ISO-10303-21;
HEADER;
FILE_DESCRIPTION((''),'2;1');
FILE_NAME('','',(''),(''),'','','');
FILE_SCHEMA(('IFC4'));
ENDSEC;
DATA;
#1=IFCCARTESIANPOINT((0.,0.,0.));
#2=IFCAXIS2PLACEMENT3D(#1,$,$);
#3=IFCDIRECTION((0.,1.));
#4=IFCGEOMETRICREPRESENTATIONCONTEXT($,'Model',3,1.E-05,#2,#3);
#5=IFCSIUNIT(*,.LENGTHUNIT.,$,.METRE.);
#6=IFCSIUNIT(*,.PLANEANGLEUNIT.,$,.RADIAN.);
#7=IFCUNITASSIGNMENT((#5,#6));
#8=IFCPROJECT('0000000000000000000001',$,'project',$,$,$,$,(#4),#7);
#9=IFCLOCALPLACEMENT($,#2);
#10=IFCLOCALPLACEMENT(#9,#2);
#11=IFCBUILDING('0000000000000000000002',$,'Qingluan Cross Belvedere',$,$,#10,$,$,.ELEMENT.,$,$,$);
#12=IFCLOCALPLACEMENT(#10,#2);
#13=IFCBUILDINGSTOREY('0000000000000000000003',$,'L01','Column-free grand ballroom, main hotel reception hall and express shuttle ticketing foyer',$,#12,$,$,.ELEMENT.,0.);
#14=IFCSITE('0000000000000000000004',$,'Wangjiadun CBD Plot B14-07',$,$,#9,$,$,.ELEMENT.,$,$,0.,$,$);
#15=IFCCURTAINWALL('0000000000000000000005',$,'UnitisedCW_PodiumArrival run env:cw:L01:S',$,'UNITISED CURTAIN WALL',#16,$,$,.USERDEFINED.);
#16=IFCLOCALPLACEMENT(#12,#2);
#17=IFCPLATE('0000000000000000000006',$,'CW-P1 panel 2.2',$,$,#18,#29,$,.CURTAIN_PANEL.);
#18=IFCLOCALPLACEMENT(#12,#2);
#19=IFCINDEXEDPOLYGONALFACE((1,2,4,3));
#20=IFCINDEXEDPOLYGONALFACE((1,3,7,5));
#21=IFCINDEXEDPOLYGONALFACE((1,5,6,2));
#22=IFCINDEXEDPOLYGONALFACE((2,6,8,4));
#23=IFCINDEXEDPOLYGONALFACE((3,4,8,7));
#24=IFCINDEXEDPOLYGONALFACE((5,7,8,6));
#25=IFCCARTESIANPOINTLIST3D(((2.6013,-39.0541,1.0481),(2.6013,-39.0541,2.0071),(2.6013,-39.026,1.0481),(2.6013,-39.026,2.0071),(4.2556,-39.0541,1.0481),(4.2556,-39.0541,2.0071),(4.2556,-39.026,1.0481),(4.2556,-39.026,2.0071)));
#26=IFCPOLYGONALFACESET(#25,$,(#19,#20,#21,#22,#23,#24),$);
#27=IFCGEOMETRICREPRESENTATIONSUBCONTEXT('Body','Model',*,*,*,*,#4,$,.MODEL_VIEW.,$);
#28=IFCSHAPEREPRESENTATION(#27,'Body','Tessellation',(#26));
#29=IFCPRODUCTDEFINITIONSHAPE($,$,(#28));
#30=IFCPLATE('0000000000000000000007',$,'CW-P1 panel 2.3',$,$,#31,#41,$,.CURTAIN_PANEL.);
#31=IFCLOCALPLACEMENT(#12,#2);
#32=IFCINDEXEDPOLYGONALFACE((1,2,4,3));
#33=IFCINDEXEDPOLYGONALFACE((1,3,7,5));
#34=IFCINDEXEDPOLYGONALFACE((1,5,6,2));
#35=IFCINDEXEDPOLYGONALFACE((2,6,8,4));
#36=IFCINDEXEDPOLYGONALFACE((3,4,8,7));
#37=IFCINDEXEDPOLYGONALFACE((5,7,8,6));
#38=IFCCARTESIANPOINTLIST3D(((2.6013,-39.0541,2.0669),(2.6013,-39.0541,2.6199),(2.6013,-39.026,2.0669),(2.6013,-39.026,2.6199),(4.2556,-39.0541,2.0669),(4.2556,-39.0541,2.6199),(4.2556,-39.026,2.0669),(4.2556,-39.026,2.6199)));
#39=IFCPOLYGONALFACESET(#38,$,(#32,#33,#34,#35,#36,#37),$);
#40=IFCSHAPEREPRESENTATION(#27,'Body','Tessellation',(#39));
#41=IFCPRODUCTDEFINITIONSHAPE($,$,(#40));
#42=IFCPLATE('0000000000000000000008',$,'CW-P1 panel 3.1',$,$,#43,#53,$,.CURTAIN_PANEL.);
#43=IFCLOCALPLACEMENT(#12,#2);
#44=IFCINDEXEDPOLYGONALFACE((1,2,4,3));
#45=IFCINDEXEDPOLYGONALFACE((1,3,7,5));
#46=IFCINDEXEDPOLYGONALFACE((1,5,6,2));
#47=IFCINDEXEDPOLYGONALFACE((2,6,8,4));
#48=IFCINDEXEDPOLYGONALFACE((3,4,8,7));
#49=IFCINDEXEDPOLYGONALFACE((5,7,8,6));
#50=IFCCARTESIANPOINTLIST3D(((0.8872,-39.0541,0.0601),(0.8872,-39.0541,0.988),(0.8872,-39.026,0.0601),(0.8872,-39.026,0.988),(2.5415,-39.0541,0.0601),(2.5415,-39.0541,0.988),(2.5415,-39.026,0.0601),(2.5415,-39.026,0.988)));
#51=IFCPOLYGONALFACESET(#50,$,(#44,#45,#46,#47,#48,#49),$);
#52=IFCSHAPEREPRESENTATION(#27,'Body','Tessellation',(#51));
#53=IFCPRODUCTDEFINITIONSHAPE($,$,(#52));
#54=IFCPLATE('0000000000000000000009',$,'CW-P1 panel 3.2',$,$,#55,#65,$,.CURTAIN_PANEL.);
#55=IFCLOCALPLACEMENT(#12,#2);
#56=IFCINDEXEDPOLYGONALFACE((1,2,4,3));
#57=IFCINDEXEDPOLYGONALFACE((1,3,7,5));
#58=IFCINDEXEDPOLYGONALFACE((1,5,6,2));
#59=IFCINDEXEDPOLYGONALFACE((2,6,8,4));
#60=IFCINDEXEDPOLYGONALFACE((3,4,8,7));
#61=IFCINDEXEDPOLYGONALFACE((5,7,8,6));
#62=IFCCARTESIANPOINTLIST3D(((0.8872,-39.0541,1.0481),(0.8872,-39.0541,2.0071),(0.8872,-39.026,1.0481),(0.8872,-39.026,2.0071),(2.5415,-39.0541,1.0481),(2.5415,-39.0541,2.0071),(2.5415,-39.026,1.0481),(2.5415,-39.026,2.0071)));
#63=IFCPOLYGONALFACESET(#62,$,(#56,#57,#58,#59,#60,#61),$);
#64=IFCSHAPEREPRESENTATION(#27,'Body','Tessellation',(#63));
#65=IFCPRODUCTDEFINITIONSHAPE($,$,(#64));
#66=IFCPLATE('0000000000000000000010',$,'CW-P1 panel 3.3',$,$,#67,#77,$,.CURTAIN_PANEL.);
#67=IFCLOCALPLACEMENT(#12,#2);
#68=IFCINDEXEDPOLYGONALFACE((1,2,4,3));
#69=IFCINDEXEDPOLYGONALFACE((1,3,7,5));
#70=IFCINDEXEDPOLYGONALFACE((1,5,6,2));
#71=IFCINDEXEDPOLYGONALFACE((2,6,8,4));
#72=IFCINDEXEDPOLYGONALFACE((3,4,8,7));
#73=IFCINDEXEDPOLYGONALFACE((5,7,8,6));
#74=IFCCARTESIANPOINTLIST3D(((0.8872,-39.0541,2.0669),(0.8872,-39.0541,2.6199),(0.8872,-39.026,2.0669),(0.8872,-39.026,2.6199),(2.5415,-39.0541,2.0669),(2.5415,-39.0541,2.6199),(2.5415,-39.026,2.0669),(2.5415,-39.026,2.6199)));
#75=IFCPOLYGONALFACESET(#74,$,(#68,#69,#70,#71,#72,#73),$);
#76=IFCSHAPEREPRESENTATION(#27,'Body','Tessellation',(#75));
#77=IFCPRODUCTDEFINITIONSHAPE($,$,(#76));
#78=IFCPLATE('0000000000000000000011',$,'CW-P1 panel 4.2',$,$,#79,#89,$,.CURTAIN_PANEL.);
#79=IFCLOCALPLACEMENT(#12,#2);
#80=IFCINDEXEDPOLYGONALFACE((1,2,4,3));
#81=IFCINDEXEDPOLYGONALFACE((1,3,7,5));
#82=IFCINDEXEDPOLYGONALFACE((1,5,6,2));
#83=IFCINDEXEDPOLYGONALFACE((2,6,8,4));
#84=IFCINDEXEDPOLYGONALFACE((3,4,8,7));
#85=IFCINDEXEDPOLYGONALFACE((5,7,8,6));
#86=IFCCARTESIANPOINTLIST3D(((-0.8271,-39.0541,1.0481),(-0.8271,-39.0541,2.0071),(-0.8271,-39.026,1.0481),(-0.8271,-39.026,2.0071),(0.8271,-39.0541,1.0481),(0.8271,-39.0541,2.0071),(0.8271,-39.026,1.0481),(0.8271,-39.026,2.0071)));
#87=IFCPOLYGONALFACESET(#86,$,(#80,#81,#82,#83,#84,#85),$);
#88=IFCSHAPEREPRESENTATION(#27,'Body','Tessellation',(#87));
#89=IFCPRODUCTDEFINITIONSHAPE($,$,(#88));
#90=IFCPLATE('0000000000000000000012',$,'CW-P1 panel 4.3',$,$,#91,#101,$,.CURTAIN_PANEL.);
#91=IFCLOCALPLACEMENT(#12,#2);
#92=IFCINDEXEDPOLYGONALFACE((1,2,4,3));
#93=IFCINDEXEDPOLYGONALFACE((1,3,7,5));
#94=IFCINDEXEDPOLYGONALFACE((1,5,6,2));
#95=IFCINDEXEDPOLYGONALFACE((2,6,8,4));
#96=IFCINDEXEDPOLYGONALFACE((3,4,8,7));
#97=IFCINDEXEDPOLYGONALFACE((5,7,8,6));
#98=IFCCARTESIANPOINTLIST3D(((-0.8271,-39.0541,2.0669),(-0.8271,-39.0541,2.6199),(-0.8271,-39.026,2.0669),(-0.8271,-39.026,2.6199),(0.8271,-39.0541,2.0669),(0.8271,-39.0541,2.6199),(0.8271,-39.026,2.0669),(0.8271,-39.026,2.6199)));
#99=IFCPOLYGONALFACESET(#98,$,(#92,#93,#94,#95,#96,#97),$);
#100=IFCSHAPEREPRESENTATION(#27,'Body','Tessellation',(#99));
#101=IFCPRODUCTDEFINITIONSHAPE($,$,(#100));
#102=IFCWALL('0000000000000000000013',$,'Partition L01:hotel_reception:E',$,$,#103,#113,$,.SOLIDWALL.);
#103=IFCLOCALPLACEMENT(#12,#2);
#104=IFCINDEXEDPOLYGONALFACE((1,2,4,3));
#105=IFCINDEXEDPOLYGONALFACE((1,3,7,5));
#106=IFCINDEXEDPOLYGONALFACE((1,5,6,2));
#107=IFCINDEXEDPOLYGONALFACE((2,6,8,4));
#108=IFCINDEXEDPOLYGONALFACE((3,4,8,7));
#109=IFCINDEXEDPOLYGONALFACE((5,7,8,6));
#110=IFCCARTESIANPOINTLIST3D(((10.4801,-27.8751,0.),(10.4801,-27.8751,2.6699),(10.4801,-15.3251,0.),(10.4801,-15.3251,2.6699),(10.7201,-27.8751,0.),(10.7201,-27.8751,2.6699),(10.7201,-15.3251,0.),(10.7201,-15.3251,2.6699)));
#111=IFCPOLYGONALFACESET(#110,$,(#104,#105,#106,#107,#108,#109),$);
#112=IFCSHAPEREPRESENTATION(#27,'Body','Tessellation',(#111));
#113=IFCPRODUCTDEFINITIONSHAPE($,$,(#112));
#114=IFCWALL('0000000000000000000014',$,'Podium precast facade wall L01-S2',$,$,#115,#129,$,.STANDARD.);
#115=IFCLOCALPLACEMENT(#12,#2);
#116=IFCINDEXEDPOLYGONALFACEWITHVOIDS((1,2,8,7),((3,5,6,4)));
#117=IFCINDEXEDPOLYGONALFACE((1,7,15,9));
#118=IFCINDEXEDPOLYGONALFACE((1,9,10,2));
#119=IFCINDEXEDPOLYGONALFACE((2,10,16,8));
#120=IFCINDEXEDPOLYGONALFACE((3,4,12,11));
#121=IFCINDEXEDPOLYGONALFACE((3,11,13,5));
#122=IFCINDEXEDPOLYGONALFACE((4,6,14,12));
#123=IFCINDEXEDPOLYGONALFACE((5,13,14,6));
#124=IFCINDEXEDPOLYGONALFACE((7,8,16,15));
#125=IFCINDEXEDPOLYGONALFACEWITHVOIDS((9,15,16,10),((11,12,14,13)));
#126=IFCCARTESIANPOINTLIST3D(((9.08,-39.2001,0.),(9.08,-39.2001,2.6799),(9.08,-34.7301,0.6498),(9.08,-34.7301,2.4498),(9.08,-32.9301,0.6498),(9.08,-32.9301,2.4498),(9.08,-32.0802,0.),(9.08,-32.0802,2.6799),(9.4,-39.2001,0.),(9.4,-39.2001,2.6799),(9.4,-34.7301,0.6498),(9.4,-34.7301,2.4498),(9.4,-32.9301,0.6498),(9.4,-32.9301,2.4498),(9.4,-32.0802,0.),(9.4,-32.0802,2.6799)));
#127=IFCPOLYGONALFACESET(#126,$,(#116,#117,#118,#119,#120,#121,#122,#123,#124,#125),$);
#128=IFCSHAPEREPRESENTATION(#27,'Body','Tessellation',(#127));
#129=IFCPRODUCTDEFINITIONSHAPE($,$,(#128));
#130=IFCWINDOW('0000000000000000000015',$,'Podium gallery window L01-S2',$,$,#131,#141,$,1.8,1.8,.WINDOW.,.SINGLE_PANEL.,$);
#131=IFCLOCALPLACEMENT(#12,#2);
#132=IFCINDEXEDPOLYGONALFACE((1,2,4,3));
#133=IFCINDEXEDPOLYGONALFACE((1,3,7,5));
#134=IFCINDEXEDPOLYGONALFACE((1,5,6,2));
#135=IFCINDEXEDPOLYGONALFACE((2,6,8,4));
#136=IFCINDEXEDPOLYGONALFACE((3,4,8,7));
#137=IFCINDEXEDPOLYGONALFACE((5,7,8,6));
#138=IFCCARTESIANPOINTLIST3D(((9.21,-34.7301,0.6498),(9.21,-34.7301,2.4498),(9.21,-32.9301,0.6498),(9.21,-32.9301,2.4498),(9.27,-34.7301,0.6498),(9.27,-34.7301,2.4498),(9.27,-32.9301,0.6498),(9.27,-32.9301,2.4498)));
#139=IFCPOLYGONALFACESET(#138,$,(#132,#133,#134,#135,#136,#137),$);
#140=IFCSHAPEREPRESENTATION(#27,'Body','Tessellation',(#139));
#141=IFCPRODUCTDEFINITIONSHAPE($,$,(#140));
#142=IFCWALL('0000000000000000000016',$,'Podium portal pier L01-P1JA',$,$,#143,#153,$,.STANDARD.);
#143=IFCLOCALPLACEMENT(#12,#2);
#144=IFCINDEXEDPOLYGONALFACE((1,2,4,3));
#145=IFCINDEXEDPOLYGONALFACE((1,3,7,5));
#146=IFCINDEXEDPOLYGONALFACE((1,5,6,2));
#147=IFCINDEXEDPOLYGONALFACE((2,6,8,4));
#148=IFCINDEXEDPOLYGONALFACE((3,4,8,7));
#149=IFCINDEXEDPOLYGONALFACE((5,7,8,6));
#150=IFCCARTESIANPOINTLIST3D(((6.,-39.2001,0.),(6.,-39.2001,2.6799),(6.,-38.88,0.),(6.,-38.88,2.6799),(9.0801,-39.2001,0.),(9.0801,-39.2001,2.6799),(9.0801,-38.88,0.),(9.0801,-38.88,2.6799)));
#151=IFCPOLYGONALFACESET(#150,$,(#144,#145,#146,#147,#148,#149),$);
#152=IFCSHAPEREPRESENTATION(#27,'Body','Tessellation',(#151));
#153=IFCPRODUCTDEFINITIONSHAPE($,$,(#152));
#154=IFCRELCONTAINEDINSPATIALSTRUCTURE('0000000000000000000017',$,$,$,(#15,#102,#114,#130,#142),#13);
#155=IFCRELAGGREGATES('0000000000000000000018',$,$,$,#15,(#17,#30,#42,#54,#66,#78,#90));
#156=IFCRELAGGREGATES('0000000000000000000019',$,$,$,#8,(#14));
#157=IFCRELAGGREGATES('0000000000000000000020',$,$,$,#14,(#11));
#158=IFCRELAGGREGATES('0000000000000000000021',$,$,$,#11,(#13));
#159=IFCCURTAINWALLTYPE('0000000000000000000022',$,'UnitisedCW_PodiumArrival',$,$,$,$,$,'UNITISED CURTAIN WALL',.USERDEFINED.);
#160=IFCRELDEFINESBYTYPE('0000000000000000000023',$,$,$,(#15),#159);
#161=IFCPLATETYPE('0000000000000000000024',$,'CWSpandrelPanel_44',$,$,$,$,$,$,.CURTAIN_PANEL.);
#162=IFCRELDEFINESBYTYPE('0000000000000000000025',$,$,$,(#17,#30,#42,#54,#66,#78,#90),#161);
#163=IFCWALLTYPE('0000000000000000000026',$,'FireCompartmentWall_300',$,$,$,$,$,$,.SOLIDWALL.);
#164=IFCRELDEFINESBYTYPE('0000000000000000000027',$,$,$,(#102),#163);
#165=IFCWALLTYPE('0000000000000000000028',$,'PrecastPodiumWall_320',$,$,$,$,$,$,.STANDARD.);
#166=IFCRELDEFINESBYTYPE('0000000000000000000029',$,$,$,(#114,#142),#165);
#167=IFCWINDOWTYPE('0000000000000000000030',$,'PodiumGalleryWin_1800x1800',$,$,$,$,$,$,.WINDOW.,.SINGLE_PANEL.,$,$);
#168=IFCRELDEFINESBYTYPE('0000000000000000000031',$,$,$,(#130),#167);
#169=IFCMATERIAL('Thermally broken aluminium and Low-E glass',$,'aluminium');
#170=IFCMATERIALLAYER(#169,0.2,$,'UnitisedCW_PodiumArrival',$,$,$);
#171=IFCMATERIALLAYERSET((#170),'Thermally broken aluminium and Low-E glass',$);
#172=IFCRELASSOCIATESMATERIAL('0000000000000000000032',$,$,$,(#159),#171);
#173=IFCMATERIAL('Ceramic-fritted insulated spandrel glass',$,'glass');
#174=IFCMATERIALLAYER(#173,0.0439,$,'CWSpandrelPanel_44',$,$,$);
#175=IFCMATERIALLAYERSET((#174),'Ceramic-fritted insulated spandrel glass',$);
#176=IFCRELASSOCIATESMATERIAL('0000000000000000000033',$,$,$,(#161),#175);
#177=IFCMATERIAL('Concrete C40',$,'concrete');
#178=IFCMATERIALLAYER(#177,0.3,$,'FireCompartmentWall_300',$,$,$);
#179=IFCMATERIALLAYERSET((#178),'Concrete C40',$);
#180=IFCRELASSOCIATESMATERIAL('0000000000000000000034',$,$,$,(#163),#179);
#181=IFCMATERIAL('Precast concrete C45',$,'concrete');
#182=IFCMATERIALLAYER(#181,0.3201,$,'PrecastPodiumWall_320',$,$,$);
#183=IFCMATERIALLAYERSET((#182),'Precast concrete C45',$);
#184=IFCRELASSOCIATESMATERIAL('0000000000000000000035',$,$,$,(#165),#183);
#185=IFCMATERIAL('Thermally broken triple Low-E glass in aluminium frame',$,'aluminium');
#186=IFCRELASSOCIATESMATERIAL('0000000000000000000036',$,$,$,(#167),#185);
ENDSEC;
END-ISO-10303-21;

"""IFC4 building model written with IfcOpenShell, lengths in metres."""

from ifc_helpers import new_model, si_unit, direction, frame, frame_2d, origin, origin_2d, place, context, subcontext, project, spatial, rectangle, extrude, material, layer, layer_set, type_object, element, fill, aggregate, save


model = new_model("IFC4")

# Units and contexts
model_context = context("Model", 3, precision=1e-05, world=origin(), true_north=direction((0.0, 1.0)))
body_context = subcontext(model_context, "Body", "Model", "MODEL_VIEW")
ifc_project = project(units=[si_unit("LENGTHUNIT", "METRE"), si_unit("PLANEANGLEUNIT", "RADIAN")], contexts=[model_context])

# Site, building, storey
site_placement = place(None, origin())
site = spatial("IfcSite", under=ifc_project, at=site_placement, Name="Wangjiadun CBD Plot B14-07", CompositionType="ELEMENT", RefElevation=0.0)
building_placement = place(site_placement, origin())
building = spatial("IfcBuilding", under=site, at=building_placement, Name="Qingluan Cross Belvedere", CompositionType="ELEMENT")
storey_placement = place(building_placement, origin())
storey = spatial("IfcBuildingStorey", under=building, at=storey_placement, Name="L01", Description="Column-free grand ballroom, main hotel reception hall and express shuttle ticketing foyer", CompositionType="ELEMENT", Elevation=0.0)

# Curtain wall, plates
ifc_material_1 = material(Name="Thermally broken aluminium and Low-E glass", Category="aluminium")
ifc_layer_1 = layer(ifc_material_1, 0.2, Name="UnitisedCW_PodiumArrival")
ifc_layer_set_1 = layer_set([ifc_layer_1], Name="Thermally broken aluminium and Low-E glass")
curtain_wall_type = type_object("IfcCurtainWallType", Name="UnitisedCW_PodiumArrival", ElementType="UNITISED CURTAIN WALL", PredefinedType="USERDEFINED", material=ifc_layer_set_1)
curtain_wall_placement = place(storey_placement, origin())
curtain_wall = element("IfcCurtainWall", 1, at=curtain_wall_placement, inside=storey, type_object=curtain_wall_type, Name="UnitisedCW_PodiumArrival run env:cw:L01:S", ObjectType="UNITISED CURTAIN WALL", PredefinedType="USERDEFINED")
ifc_material_2 = material(Name="Ceramic-fritted insulated spandrel glass", Category="glass")
ifc_layer_2 = layer(ifc_material_2, 0.0439, Name="CWSpandrelPanel_44")
ifc_layer_set_2 = layer_set([ifc_layer_2], Name="Ceramic-fritted insulated spandrel glass")
plate_type = type_object("IfcPlateType", Name="CWSpandrelPanel_44", PredefinedType="CURTAIN_PANEL", material=ifc_layer_set_2)
plate_1_placement = place(storey_placement, frame((3.4285, -39.04, 1.0481), z_axis=(0.0, 0.0, 1.0), x_axis=(-1.0, 0.0, 0.0)))
plate_1 = element("IfcPlate", 2, at=plate_1_placement, type_object=plate_type, Name="CW-P1 panel 2.2", PredefinedType="CURTAIN_PANEL", context=body_context, shape_type="SweptSolid", body=[
    extrude(rectangle(XDim=1.6543, YDim=0.0281, at=origin_2d()), origin(), (0.0, 0.0, 1.0), 0.959),
])
plate_2_placement = place(storey_placement, frame((3.4285, -39.04, 2.0669), z_axis=(0.0, 0.0, 1.0), x_axis=(-1.0, 0.0, 0.0)))
plate_2 = element("IfcPlate", 3, at=plate_2_placement, type_object=plate_type, Name="CW-P1 panel 2.3", PredefinedType="CURTAIN_PANEL", context=body_context, shape_type="SweptSolid", body=[
    extrude(rectangle(XDim=1.6543, YDim=0.0281, at=origin_2d()), origin(), (0.0, 0.0, 1.0), 0.553),
])
plate_3_placement = place(storey_placement, frame((1.7144, -39.04, 0.0601), z_axis=(0.0, 0.0, 1.0), x_axis=(-1.0, 0.0, 0.0)))
plate_3 = element("IfcPlate", 4, at=plate_3_placement, type_object=plate_type, Name="CW-P1 panel 3.1", PredefinedType="CURTAIN_PANEL", context=body_context, shape_type="SweptSolid", body=[
    extrude(rectangle(XDim=1.6543, YDim=0.0281, at=origin_2d()), origin(), (0.0, 0.0, 1.0), 0.928),
])
plate_4_placement = place(storey_placement, frame((1.7144, -39.04, 1.0481), z_axis=(0.0, 0.0, 1.0), x_axis=(-1.0, 0.0, 0.0)))
plate_4 = element("IfcPlate", 5, at=plate_4_placement, type_object=plate_type, Name="CW-P1 panel 3.2", PredefinedType="CURTAIN_PANEL", context=body_context, shape_type="SweptSolid", body=[
    extrude(rectangle(XDim=1.6543, YDim=0.0281, at=origin_2d()), origin(), (0.0, 0.0, 1.0), 0.959),
])
plate_5_placement = place(storey_placement, frame((1.7144, -39.04, 2.0669), z_axis=(0.0, 0.0, 1.0), x_axis=(-1.0, 0.0, 0.0)))
plate_5 = element("IfcPlate", 6, at=plate_5_placement, type_object=plate_type, Name="CW-P1 panel 3.3", PredefinedType="CURTAIN_PANEL", context=body_context, shape_type="SweptSolid", body=[
    extrude(rectangle(XDim=1.6543, YDim=0.0281, at=origin_2d()), origin(), (0.0, 0.0, 1.0), 0.553),
])
plate_6_placement = place(storey_placement, frame((0.0, -39.04, 1.0481), z_axis=(0.0, 0.0, 1.0), x_axis=(-1.0, 0.0, 0.0)))
plate_6 = element("IfcPlate", 7, at=plate_6_placement, type_object=plate_type, Name="CW-P1 panel 4.2", PredefinedType="CURTAIN_PANEL", context=body_context, shape_type="SweptSolid", body=[
    extrude(rectangle(XDim=1.6543, YDim=0.0281, at=origin_2d()), origin(), (0.0, 0.0, 1.0), 0.959),
])
plate_7_placement = place(storey_placement, frame((0.0, -39.04, 2.0669), z_axis=(0.0, 0.0, 1.0), x_axis=(-1.0, 0.0, 0.0)))
plate_7 = element("IfcPlate", 8, at=plate_7_placement, type_object=plate_type, Name="CW-P1 panel 4.3", PredefinedType="CURTAIN_PANEL", context=body_context, shape_type="SweptSolid", body=[
    extrude(rectangle(XDim=1.6543, YDim=0.0281, at=origin_2d()), origin(), (0.0, 0.0, 1.0), 0.553),
])
aggregate(curtain_wall, [plate_1, plate_2, plate_3, plate_4, plate_5, plate_6, plate_7])

# Wall
ifc_material_3 = material(Name="Concrete C40", Category="concrete")
ifc_layer_3 = layer(ifc_material_3, 0.3, Name="FireCompartmentWall_300")
ifc_layer_set_3 = layer_set([ifc_layer_3], Name="Concrete C40")
wall_type_1 = type_object("IfcWallType", Name="FireCompartmentWall_300", PredefinedType="SOLIDWALL", material=ifc_layer_set_3)
wall_1_placement = place(storey_placement, frame((10.6001, -27.875, 0.0), z_axis=(0.0, 0.0, 1.0), x_axis=(0.0, 1.0, 0.0)))
element("IfcWall", 9, at=wall_1_placement, inside=storey, type_object=wall_type_1, Name="Partition L01:hotel_reception:E", PredefinedType="SOLIDWALL", context=body_context, shape_type="SweptSolid", body=[
    extrude(rectangle(XDim=12.55, YDim=0.24, at=frame_2d((6.2749, 0.0))), origin(), (0.0, 0.0, 1.0), 2.6699),
])

# Wall, opening, window
ifc_material_4 = material(Name="Precast concrete C45", Category="concrete")
ifc_layer_4 = layer(ifc_material_4, 0.3201, Name="PrecastPodiumWall_320")
ifc_layer_set_4 = layer_set([ifc_layer_4], Name="Precast concrete C45")
wall_type_2 = type_object("IfcWallType", Name="PrecastPodiumWall_320", PredefinedType="STANDARD", material=ifc_layer_set_4)
wall_2_placement = place(storey_placement, frame((9.24, -32.0801, 0.0), z_axis=(0.0, 0.0, 1.0), x_axis=(0.0, -1.0, 0.0)))
wall_2 = element("IfcWall", 10, at=wall_2_placement, inside=storey, type_object=wall_type_2, Name="Podium precast facade wall L01-S2", PredefinedType="STANDARD", context=body_context, shape_type="SweptSolid", body=[
    extrude(rectangle(XDim=7.1199, YDim=0.3201, at=frame_2d((3.5601, 0.0))), origin(), (0.0, 0.0, 1.0), 2.6799),
])
opening_placement = place(wall_2_placement, frame((0.8501, 0.0, 0.6499)))
opening = element("IfcOpeningElement", 11, at=opening_placement, cuts=wall_2, PredefinedType="OPENING", context=body_context, shape_type="SweptSolid", body=[
    extrude(rectangle(XDim=1.8, YDim=1.8, at=frame_2d((0.8999, 0.8999))), frame((0.0, 0.1699, 0.0), z_axis=(0.0, -1.0, 0.0), x_axis=(1.0, 0.0, 0.0)), (0.0, 0.0, 1.0), 0.3401),
])
ifc_material_5 = material(Name="Thermally broken triple Low-E glass in aluminium frame", Category="aluminium")
window_type = type_object("IfcWindowType", Name="PodiumGalleryWin_1800x1800", PartitioningType="SINGLE_PANEL", PredefinedType="WINDOW", material=ifc_material_5)
window_placement = place(opening_placement, origin())
window = element("IfcWindow", 12, at=window_placement, inside=storey, type_object=window_type, Name="Podium gallery window L01-S2", OverallHeight=1.8, OverallWidth=1.8, PartitioningType="SINGLE_PANEL", PredefinedType="WINDOW", context=body_context, shape_type="SweptSolid", body=[
    extrude(rectangle(XDim=1.8, YDim=1.8, at=frame_2d((0.8999, 0.8999))), frame((0.0, 0.03, 0.0), z_axis=(0.0, -1.0, 0.0), x_axis=(1.0, 0.0, 0.0)), (0.0, 0.0, 1.0), 0.0601),
])
fill(opening, window)

# Wall
wall_3_placement = place(storey_placement, frame((9.0801, -39.04, 0.0), z_axis=(0.0, 0.0, 1.0), x_axis=(-1.0, 0.0, 0.0)))
element("IfcWall", 13, at=wall_3_placement, inside=storey, type_object=wall_type_2, Name="Podium portal pier L01-P1JA", PredefinedType="STANDARD", context=body_context, shape_type="SweptSolid", body=[
    extrude(rectangle(XDim=3.0801, YDim=0.3201, at=frame_2d((1.54, 0.0))), origin(), (0.0, 0.0, 1.0), 2.6799),
])

save(model, "model.ifc")
